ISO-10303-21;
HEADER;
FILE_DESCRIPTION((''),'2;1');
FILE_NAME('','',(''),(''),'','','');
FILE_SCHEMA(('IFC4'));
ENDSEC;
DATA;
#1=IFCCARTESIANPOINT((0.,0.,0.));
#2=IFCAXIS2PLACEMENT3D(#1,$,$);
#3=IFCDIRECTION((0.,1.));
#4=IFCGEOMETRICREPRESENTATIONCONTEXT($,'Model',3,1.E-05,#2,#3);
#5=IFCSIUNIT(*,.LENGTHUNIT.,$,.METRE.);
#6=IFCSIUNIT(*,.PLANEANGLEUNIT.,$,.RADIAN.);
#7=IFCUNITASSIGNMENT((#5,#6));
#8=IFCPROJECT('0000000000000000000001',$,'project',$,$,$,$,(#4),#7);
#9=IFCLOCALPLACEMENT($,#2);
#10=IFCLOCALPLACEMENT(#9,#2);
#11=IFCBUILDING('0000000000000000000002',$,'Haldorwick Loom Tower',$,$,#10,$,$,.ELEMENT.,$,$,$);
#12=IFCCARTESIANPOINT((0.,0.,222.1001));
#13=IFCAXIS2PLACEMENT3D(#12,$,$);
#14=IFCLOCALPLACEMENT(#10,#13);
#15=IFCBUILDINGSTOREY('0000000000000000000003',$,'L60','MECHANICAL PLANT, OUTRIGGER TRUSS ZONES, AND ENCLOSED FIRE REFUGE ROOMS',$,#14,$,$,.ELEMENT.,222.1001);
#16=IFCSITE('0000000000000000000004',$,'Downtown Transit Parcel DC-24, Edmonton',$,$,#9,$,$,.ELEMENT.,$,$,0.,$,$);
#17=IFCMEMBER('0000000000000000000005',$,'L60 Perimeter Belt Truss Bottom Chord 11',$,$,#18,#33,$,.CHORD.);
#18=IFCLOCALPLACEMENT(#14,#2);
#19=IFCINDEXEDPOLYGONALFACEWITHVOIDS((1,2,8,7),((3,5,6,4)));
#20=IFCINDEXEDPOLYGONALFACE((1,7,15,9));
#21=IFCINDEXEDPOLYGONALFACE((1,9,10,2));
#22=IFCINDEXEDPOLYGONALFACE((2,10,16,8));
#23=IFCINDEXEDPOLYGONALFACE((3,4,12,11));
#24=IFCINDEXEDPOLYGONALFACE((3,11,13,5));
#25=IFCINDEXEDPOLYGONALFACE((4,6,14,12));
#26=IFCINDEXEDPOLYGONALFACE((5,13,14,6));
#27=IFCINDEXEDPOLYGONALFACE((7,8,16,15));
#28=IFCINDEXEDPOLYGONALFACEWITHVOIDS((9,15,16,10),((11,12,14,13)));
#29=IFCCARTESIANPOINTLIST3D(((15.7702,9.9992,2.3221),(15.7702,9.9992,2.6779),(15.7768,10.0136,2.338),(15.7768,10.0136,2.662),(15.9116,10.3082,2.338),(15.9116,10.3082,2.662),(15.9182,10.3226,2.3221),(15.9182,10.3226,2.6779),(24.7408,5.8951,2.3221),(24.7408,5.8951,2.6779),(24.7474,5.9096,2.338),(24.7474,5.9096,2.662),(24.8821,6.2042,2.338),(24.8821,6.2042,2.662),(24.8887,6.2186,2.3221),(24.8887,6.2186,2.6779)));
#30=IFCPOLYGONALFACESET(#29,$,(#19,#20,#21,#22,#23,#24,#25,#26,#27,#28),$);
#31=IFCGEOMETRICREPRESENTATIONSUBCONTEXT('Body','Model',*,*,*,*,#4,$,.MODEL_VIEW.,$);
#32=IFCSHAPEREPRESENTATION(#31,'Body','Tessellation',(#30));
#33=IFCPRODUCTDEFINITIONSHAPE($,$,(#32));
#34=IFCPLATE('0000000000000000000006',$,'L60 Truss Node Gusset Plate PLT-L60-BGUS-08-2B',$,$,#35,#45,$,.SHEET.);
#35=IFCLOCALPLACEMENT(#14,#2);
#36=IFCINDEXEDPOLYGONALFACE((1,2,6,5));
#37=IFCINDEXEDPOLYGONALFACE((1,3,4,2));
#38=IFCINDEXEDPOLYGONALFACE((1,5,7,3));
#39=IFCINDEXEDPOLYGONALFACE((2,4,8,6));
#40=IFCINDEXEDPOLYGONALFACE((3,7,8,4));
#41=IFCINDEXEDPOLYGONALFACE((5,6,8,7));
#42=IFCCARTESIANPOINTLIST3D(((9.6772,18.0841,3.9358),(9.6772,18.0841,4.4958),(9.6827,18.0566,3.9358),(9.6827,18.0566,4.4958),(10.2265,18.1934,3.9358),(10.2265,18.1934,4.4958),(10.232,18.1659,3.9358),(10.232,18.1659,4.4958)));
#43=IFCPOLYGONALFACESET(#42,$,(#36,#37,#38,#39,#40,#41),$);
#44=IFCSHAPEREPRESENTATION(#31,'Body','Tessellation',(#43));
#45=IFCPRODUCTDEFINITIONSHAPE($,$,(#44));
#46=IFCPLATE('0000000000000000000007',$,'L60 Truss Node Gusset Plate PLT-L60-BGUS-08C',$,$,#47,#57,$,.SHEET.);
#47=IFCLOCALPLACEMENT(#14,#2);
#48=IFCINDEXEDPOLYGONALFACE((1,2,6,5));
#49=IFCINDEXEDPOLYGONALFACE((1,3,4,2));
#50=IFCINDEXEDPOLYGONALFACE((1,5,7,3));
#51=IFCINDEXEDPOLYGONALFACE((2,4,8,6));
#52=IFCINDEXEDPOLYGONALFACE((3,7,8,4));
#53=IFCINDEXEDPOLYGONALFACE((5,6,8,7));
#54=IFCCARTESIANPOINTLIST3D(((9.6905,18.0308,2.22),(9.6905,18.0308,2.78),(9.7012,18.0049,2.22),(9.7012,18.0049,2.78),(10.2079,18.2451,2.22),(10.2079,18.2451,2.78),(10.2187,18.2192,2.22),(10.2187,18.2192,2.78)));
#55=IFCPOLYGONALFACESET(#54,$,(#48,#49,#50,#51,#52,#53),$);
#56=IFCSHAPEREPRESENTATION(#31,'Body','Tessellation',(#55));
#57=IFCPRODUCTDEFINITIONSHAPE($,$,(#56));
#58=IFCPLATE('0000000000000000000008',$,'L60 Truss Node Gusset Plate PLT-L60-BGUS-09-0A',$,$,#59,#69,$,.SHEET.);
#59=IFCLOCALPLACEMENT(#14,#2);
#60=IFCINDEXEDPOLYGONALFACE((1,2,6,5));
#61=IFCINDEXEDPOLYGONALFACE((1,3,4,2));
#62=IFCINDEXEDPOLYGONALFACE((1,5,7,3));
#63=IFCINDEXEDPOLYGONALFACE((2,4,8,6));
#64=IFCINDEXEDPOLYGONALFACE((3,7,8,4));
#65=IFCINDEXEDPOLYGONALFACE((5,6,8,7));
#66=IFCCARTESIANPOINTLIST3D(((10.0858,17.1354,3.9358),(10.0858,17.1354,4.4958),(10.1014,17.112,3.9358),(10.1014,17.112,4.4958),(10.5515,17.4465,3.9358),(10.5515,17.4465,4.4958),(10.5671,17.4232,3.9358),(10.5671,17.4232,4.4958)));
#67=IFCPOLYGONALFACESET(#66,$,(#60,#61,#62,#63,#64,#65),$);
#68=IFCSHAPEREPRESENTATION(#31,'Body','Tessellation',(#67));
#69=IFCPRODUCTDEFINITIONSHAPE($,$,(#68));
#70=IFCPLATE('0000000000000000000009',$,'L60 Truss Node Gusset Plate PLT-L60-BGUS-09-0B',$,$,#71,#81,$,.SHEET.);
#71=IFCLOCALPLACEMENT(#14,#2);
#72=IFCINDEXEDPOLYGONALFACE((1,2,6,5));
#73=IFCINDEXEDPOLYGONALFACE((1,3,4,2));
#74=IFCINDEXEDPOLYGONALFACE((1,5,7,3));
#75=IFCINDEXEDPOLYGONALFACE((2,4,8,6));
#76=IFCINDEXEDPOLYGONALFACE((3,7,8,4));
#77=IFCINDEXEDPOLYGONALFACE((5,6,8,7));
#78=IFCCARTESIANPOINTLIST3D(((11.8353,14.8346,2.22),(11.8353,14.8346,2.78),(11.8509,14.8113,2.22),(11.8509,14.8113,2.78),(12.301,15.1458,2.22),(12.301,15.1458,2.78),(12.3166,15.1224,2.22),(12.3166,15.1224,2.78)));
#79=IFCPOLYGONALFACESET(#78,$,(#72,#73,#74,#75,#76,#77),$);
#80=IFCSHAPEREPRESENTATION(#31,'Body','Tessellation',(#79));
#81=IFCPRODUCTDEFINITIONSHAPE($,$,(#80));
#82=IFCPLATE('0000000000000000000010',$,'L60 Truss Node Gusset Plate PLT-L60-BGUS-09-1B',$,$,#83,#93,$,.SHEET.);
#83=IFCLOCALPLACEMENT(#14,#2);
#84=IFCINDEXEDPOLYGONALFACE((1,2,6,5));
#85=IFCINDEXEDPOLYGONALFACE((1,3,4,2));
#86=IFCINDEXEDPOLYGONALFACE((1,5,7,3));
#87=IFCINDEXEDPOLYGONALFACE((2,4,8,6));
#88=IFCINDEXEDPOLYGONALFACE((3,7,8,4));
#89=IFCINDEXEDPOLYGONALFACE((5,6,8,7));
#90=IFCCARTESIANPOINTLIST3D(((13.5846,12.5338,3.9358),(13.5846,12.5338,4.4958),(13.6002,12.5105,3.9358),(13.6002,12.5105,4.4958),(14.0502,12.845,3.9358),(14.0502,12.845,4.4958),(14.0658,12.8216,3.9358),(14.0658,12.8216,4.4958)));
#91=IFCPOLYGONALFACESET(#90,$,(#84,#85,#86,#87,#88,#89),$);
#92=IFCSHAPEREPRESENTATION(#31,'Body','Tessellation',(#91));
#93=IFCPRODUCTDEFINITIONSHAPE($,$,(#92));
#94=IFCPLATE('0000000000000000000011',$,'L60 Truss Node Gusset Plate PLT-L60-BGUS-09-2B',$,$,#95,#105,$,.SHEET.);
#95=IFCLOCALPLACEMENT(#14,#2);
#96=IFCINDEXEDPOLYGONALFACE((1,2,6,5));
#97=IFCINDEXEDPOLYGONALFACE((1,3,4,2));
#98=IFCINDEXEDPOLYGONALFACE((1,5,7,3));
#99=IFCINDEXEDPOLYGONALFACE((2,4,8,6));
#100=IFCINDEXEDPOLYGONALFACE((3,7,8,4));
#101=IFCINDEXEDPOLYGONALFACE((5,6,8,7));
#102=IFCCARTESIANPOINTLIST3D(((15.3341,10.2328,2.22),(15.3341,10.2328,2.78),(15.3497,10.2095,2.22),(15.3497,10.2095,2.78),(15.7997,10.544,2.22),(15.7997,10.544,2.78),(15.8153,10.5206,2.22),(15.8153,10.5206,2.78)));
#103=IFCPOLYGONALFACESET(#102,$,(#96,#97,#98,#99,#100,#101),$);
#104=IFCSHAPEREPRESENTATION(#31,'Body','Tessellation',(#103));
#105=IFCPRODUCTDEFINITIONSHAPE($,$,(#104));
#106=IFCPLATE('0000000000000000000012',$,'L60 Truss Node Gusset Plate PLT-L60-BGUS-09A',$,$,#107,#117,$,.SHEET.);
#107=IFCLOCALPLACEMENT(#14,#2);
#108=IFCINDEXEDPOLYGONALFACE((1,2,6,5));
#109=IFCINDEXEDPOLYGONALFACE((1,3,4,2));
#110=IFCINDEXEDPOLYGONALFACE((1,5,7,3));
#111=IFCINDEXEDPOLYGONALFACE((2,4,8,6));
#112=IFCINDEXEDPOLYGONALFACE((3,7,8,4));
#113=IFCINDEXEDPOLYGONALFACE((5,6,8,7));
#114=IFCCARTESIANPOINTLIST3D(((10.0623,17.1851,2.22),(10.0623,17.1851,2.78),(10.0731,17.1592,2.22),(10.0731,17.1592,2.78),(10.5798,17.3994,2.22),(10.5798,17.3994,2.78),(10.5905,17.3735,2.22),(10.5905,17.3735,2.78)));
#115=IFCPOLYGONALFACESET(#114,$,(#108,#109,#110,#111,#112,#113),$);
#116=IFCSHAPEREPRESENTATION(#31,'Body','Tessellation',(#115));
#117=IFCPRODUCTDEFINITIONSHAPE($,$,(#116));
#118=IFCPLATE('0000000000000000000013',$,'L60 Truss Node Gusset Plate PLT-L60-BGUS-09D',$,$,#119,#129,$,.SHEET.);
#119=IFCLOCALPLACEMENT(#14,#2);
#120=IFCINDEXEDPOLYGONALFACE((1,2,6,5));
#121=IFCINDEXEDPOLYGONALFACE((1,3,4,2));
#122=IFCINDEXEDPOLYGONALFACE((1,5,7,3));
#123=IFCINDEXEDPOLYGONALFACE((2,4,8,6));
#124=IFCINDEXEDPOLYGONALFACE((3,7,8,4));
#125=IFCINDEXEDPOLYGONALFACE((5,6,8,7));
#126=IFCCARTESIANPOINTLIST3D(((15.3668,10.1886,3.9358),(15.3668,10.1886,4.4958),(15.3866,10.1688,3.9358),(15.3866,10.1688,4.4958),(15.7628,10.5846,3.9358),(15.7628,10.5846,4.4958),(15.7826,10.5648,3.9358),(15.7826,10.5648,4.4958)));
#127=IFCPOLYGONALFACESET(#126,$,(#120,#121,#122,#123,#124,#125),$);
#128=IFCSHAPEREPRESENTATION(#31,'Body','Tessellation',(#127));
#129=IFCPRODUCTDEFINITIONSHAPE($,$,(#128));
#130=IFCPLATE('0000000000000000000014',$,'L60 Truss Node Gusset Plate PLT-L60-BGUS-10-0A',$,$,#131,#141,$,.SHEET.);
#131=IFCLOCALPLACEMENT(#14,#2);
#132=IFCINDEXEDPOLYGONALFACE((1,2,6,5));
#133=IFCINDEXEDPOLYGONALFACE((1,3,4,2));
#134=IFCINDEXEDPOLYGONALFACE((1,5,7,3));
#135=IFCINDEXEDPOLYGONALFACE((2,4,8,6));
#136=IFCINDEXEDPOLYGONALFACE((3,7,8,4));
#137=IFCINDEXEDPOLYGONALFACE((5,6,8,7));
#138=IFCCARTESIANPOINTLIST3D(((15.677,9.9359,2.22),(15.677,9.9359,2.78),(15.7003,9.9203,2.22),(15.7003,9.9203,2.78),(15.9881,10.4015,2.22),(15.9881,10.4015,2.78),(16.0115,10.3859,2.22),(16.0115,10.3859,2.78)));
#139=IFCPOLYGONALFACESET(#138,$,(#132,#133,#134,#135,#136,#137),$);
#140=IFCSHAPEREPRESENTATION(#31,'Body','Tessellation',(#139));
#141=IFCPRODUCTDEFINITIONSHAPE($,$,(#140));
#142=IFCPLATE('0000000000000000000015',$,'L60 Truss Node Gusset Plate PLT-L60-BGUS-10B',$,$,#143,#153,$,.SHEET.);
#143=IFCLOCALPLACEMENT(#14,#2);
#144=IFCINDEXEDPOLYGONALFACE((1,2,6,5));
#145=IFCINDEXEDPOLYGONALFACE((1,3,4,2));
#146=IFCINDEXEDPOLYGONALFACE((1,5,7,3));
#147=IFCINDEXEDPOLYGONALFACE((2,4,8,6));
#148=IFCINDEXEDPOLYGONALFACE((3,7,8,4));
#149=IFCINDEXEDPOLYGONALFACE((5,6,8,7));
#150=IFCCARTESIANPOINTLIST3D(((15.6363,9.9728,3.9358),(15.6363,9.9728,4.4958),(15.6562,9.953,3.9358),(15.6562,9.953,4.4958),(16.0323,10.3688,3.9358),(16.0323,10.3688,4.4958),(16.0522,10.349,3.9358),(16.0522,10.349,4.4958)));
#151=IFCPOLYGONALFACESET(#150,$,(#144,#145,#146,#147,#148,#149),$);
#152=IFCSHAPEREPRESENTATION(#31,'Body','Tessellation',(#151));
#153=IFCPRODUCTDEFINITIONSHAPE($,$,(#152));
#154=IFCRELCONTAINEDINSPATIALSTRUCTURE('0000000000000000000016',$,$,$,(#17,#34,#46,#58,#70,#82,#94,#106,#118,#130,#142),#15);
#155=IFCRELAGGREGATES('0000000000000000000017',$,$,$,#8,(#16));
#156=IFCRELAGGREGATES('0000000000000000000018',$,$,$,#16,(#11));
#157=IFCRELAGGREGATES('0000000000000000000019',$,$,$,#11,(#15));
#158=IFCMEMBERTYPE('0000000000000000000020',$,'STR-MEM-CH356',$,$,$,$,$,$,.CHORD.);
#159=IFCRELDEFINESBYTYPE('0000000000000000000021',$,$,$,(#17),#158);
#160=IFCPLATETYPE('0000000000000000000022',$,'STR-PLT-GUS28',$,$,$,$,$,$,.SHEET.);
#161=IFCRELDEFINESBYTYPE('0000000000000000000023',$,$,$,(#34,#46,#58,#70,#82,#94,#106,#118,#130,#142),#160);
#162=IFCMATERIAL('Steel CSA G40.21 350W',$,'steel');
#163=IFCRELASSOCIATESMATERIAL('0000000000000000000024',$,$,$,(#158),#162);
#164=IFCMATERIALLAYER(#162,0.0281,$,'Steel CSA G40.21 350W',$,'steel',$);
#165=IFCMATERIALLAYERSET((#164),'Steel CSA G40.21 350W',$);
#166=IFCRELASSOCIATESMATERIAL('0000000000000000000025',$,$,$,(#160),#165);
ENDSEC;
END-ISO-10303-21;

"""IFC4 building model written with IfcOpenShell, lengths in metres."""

from ifc_helpers import new_model, si_unit, direction, frame, origin, origin_2d, place, context, subcontext, project, spatial, rectangle, hollow_rectangle, extrude, material, layer, layer_set, material_profile, profile_set, type_object, element, save


model = new_model("IFC4")

# Units and contexts
model_context = context("Model", 3, precision=1e-05, world=origin(), true_north=direction((0.0, 1.0)))
body_context = subcontext(model_context, "Body", "Model", "MODEL_VIEW")
ifc_project = project(units=[si_unit("LENGTHUNIT", "METRE"), si_unit("PLANEANGLEUNIT", "RADIAN")], contexts=[model_context])

# Site, building, storey
site_placement = place(None, origin())
site = spatial("IfcSite", under=ifc_project, at=site_placement, Name="Downtown Transit Parcel DC-24, Edmonton", CompositionType="ELEMENT", RefElevation=0.0)
building_placement = place(site_placement, origin())
building = spatial("IfcBuilding", under=site, at=building_placement, Name="Haldorwick Loom Tower", CompositionType="ELEMENT")
storey_placement = place(building_placement, frame((0.0, 0.0, 222.1001)))
storey = spatial("IfcBuildingStorey", under=building, at=storey_placement, Name="L60", Description="MECHANICAL PLANT, OUTRIGGER TRUSS ZONES, AND ENCLOSED FIRE REFUGE ROOMS", CompositionType="ELEMENT", Elevation=222.1001)

# Shared definitions
ifc_material_1 = material(Name="Steel CSA G40.21 350W", Category="steel")

# Member
ifc_material_profile_1 = material_profile(ifc_material_1, hollow_rectangle(XDim=0.3557, YDim=0.3557, WallThickness=0.0159, at=origin_2d()), Name="HSS356X356X16", Category="steel")
ifc_profile_set_1 = profile_set([ifc_material_profile_1], Name="Steel CSA G40.21 350W")
member_type_1 = type_object("IfcMemberType", Name="STR-MEM-CH356", PredefinedType="CHORD", material=ifc_profile_set_1)
member_1_placement = place(storey_placement, frame((15.8442, 10.1609, 2.5), z_axis=(0.909351, -0.41603, 0.0), x_axis=(0.41603, 0.909351, 0.0)))
element("IfcMember", 1, at=member_1_placement, inside=storey, type_object=member_type_1, Name="L60 Perimeter Belt Truss Bottom Chord 11", PredefinedType="CHORD", context=body_context, shape_type="SweptSolid", body=[
    extrude(hollow_rectangle(XDim=0.3557, YDim=0.3557, WallThickness=0.0159, at=origin_2d()), origin(), (0.0, 0.0, 1.0), 9.8647),
])

# Plates
ifc_layer_1 = layer(ifc_material_1, 0.0281, Name="Steel CSA G40.21 350W", Category="steel")
ifc_layer_set_1 = layer_set([ifc_layer_1], Name="Steel CSA G40.21 350W")
plate_type = type_object("IfcPlateType", Name="STR-PLT-GUS28", PredefinedType="SHEET", material=ifc_layer_set_1)
for number, where, z_axis, x_axis, name in (
    (2, (9.9546, 18.125, 3.9358), (0.0, 0.0, 1.0), (-0.980785, -0.19509, 0.0), "L60 Truss Node Gusset Plate PLT-L60-BGUS-08-2B"),
    (3, (9.9546, 18.125, 2.22), (0.0, 0.0, 1.0), (-0.92388, -0.382683, 0.0), "L60 Truss Node Gusset Plate PLT-L60-BGUS-08C"),
    (4, (10.3264, 17.2793, 3.9358), (0.0, 0.0, 1.0), (-0.83147, -0.55557, 0.0), "L60 Truss Node Gusset Plate PLT-L60-BGUS-09-0A"),
    (5, (12.0759, 14.9785, 2.22), (0.0, 0.0, 1.0), (-0.83147, -0.55557, 0.0), "L60 Truss Node Gusset Plate PLT-L60-BGUS-09-0B"),
    (6, (13.8252, 12.6777, 3.9358), (0.0, 0.0, 1.0), (-0.83147, -0.55557, 0.0), "L60 Truss Node Gusset Plate PLT-L60-BGUS-09-1B"),
    (7, (15.5747, 10.3767, 2.22), (0.0, 0.0, 1.0), (-0.83147, -0.55557, 0.0), "L60 Truss Node Gusset Plate PLT-L60-BGUS-09-2B"),
    (8, (10.3264, 17.2793, 2.22), (0.0, 0.0, 1.0), (-0.92388, -0.382683, 0.0), "L60 Truss Node Gusset Plate PLT-L60-BGUS-09A"),
    (9, (15.5747, 10.3767, 3.9358), (0.0, 0.0, 1.0), (-0.707107, -0.707107, 0.0), "L60 Truss Node Gusset Plate PLT-L60-BGUS-09D"),
    (10, (15.8442, 10.1609, 2.22), (0.0, 0.0, 1.0), (-0.55557, -0.83147, 0.0), "L60 Truss Node Gusset Plate PLT-L60-BGUS-10-0A"),
    (11, (15.8442, 10.1609, 3.9358), (0.0, 0.0, 1.0), (-0.707107, -0.707107, 0.0), "L60 Truss Node Gusset Plate PLT-L60-BGUS-10B"),
):
    element("IfcPlate", number, at=place(storey_placement, frame(where, z_axis=z_axis, x_axis=x_axis)), inside=storey, type_object=plate_type, Name=name, PredefinedType="SHEET", context=body_context, shape_type="SweptSolid", body=[
        extrude(rectangle(XDim=0.5601, YDim=0.0281, at=origin_2d()), origin(), (0.0, 0.0, 1.0), 0.5601),
    ])

save(model, "model.ifc")
